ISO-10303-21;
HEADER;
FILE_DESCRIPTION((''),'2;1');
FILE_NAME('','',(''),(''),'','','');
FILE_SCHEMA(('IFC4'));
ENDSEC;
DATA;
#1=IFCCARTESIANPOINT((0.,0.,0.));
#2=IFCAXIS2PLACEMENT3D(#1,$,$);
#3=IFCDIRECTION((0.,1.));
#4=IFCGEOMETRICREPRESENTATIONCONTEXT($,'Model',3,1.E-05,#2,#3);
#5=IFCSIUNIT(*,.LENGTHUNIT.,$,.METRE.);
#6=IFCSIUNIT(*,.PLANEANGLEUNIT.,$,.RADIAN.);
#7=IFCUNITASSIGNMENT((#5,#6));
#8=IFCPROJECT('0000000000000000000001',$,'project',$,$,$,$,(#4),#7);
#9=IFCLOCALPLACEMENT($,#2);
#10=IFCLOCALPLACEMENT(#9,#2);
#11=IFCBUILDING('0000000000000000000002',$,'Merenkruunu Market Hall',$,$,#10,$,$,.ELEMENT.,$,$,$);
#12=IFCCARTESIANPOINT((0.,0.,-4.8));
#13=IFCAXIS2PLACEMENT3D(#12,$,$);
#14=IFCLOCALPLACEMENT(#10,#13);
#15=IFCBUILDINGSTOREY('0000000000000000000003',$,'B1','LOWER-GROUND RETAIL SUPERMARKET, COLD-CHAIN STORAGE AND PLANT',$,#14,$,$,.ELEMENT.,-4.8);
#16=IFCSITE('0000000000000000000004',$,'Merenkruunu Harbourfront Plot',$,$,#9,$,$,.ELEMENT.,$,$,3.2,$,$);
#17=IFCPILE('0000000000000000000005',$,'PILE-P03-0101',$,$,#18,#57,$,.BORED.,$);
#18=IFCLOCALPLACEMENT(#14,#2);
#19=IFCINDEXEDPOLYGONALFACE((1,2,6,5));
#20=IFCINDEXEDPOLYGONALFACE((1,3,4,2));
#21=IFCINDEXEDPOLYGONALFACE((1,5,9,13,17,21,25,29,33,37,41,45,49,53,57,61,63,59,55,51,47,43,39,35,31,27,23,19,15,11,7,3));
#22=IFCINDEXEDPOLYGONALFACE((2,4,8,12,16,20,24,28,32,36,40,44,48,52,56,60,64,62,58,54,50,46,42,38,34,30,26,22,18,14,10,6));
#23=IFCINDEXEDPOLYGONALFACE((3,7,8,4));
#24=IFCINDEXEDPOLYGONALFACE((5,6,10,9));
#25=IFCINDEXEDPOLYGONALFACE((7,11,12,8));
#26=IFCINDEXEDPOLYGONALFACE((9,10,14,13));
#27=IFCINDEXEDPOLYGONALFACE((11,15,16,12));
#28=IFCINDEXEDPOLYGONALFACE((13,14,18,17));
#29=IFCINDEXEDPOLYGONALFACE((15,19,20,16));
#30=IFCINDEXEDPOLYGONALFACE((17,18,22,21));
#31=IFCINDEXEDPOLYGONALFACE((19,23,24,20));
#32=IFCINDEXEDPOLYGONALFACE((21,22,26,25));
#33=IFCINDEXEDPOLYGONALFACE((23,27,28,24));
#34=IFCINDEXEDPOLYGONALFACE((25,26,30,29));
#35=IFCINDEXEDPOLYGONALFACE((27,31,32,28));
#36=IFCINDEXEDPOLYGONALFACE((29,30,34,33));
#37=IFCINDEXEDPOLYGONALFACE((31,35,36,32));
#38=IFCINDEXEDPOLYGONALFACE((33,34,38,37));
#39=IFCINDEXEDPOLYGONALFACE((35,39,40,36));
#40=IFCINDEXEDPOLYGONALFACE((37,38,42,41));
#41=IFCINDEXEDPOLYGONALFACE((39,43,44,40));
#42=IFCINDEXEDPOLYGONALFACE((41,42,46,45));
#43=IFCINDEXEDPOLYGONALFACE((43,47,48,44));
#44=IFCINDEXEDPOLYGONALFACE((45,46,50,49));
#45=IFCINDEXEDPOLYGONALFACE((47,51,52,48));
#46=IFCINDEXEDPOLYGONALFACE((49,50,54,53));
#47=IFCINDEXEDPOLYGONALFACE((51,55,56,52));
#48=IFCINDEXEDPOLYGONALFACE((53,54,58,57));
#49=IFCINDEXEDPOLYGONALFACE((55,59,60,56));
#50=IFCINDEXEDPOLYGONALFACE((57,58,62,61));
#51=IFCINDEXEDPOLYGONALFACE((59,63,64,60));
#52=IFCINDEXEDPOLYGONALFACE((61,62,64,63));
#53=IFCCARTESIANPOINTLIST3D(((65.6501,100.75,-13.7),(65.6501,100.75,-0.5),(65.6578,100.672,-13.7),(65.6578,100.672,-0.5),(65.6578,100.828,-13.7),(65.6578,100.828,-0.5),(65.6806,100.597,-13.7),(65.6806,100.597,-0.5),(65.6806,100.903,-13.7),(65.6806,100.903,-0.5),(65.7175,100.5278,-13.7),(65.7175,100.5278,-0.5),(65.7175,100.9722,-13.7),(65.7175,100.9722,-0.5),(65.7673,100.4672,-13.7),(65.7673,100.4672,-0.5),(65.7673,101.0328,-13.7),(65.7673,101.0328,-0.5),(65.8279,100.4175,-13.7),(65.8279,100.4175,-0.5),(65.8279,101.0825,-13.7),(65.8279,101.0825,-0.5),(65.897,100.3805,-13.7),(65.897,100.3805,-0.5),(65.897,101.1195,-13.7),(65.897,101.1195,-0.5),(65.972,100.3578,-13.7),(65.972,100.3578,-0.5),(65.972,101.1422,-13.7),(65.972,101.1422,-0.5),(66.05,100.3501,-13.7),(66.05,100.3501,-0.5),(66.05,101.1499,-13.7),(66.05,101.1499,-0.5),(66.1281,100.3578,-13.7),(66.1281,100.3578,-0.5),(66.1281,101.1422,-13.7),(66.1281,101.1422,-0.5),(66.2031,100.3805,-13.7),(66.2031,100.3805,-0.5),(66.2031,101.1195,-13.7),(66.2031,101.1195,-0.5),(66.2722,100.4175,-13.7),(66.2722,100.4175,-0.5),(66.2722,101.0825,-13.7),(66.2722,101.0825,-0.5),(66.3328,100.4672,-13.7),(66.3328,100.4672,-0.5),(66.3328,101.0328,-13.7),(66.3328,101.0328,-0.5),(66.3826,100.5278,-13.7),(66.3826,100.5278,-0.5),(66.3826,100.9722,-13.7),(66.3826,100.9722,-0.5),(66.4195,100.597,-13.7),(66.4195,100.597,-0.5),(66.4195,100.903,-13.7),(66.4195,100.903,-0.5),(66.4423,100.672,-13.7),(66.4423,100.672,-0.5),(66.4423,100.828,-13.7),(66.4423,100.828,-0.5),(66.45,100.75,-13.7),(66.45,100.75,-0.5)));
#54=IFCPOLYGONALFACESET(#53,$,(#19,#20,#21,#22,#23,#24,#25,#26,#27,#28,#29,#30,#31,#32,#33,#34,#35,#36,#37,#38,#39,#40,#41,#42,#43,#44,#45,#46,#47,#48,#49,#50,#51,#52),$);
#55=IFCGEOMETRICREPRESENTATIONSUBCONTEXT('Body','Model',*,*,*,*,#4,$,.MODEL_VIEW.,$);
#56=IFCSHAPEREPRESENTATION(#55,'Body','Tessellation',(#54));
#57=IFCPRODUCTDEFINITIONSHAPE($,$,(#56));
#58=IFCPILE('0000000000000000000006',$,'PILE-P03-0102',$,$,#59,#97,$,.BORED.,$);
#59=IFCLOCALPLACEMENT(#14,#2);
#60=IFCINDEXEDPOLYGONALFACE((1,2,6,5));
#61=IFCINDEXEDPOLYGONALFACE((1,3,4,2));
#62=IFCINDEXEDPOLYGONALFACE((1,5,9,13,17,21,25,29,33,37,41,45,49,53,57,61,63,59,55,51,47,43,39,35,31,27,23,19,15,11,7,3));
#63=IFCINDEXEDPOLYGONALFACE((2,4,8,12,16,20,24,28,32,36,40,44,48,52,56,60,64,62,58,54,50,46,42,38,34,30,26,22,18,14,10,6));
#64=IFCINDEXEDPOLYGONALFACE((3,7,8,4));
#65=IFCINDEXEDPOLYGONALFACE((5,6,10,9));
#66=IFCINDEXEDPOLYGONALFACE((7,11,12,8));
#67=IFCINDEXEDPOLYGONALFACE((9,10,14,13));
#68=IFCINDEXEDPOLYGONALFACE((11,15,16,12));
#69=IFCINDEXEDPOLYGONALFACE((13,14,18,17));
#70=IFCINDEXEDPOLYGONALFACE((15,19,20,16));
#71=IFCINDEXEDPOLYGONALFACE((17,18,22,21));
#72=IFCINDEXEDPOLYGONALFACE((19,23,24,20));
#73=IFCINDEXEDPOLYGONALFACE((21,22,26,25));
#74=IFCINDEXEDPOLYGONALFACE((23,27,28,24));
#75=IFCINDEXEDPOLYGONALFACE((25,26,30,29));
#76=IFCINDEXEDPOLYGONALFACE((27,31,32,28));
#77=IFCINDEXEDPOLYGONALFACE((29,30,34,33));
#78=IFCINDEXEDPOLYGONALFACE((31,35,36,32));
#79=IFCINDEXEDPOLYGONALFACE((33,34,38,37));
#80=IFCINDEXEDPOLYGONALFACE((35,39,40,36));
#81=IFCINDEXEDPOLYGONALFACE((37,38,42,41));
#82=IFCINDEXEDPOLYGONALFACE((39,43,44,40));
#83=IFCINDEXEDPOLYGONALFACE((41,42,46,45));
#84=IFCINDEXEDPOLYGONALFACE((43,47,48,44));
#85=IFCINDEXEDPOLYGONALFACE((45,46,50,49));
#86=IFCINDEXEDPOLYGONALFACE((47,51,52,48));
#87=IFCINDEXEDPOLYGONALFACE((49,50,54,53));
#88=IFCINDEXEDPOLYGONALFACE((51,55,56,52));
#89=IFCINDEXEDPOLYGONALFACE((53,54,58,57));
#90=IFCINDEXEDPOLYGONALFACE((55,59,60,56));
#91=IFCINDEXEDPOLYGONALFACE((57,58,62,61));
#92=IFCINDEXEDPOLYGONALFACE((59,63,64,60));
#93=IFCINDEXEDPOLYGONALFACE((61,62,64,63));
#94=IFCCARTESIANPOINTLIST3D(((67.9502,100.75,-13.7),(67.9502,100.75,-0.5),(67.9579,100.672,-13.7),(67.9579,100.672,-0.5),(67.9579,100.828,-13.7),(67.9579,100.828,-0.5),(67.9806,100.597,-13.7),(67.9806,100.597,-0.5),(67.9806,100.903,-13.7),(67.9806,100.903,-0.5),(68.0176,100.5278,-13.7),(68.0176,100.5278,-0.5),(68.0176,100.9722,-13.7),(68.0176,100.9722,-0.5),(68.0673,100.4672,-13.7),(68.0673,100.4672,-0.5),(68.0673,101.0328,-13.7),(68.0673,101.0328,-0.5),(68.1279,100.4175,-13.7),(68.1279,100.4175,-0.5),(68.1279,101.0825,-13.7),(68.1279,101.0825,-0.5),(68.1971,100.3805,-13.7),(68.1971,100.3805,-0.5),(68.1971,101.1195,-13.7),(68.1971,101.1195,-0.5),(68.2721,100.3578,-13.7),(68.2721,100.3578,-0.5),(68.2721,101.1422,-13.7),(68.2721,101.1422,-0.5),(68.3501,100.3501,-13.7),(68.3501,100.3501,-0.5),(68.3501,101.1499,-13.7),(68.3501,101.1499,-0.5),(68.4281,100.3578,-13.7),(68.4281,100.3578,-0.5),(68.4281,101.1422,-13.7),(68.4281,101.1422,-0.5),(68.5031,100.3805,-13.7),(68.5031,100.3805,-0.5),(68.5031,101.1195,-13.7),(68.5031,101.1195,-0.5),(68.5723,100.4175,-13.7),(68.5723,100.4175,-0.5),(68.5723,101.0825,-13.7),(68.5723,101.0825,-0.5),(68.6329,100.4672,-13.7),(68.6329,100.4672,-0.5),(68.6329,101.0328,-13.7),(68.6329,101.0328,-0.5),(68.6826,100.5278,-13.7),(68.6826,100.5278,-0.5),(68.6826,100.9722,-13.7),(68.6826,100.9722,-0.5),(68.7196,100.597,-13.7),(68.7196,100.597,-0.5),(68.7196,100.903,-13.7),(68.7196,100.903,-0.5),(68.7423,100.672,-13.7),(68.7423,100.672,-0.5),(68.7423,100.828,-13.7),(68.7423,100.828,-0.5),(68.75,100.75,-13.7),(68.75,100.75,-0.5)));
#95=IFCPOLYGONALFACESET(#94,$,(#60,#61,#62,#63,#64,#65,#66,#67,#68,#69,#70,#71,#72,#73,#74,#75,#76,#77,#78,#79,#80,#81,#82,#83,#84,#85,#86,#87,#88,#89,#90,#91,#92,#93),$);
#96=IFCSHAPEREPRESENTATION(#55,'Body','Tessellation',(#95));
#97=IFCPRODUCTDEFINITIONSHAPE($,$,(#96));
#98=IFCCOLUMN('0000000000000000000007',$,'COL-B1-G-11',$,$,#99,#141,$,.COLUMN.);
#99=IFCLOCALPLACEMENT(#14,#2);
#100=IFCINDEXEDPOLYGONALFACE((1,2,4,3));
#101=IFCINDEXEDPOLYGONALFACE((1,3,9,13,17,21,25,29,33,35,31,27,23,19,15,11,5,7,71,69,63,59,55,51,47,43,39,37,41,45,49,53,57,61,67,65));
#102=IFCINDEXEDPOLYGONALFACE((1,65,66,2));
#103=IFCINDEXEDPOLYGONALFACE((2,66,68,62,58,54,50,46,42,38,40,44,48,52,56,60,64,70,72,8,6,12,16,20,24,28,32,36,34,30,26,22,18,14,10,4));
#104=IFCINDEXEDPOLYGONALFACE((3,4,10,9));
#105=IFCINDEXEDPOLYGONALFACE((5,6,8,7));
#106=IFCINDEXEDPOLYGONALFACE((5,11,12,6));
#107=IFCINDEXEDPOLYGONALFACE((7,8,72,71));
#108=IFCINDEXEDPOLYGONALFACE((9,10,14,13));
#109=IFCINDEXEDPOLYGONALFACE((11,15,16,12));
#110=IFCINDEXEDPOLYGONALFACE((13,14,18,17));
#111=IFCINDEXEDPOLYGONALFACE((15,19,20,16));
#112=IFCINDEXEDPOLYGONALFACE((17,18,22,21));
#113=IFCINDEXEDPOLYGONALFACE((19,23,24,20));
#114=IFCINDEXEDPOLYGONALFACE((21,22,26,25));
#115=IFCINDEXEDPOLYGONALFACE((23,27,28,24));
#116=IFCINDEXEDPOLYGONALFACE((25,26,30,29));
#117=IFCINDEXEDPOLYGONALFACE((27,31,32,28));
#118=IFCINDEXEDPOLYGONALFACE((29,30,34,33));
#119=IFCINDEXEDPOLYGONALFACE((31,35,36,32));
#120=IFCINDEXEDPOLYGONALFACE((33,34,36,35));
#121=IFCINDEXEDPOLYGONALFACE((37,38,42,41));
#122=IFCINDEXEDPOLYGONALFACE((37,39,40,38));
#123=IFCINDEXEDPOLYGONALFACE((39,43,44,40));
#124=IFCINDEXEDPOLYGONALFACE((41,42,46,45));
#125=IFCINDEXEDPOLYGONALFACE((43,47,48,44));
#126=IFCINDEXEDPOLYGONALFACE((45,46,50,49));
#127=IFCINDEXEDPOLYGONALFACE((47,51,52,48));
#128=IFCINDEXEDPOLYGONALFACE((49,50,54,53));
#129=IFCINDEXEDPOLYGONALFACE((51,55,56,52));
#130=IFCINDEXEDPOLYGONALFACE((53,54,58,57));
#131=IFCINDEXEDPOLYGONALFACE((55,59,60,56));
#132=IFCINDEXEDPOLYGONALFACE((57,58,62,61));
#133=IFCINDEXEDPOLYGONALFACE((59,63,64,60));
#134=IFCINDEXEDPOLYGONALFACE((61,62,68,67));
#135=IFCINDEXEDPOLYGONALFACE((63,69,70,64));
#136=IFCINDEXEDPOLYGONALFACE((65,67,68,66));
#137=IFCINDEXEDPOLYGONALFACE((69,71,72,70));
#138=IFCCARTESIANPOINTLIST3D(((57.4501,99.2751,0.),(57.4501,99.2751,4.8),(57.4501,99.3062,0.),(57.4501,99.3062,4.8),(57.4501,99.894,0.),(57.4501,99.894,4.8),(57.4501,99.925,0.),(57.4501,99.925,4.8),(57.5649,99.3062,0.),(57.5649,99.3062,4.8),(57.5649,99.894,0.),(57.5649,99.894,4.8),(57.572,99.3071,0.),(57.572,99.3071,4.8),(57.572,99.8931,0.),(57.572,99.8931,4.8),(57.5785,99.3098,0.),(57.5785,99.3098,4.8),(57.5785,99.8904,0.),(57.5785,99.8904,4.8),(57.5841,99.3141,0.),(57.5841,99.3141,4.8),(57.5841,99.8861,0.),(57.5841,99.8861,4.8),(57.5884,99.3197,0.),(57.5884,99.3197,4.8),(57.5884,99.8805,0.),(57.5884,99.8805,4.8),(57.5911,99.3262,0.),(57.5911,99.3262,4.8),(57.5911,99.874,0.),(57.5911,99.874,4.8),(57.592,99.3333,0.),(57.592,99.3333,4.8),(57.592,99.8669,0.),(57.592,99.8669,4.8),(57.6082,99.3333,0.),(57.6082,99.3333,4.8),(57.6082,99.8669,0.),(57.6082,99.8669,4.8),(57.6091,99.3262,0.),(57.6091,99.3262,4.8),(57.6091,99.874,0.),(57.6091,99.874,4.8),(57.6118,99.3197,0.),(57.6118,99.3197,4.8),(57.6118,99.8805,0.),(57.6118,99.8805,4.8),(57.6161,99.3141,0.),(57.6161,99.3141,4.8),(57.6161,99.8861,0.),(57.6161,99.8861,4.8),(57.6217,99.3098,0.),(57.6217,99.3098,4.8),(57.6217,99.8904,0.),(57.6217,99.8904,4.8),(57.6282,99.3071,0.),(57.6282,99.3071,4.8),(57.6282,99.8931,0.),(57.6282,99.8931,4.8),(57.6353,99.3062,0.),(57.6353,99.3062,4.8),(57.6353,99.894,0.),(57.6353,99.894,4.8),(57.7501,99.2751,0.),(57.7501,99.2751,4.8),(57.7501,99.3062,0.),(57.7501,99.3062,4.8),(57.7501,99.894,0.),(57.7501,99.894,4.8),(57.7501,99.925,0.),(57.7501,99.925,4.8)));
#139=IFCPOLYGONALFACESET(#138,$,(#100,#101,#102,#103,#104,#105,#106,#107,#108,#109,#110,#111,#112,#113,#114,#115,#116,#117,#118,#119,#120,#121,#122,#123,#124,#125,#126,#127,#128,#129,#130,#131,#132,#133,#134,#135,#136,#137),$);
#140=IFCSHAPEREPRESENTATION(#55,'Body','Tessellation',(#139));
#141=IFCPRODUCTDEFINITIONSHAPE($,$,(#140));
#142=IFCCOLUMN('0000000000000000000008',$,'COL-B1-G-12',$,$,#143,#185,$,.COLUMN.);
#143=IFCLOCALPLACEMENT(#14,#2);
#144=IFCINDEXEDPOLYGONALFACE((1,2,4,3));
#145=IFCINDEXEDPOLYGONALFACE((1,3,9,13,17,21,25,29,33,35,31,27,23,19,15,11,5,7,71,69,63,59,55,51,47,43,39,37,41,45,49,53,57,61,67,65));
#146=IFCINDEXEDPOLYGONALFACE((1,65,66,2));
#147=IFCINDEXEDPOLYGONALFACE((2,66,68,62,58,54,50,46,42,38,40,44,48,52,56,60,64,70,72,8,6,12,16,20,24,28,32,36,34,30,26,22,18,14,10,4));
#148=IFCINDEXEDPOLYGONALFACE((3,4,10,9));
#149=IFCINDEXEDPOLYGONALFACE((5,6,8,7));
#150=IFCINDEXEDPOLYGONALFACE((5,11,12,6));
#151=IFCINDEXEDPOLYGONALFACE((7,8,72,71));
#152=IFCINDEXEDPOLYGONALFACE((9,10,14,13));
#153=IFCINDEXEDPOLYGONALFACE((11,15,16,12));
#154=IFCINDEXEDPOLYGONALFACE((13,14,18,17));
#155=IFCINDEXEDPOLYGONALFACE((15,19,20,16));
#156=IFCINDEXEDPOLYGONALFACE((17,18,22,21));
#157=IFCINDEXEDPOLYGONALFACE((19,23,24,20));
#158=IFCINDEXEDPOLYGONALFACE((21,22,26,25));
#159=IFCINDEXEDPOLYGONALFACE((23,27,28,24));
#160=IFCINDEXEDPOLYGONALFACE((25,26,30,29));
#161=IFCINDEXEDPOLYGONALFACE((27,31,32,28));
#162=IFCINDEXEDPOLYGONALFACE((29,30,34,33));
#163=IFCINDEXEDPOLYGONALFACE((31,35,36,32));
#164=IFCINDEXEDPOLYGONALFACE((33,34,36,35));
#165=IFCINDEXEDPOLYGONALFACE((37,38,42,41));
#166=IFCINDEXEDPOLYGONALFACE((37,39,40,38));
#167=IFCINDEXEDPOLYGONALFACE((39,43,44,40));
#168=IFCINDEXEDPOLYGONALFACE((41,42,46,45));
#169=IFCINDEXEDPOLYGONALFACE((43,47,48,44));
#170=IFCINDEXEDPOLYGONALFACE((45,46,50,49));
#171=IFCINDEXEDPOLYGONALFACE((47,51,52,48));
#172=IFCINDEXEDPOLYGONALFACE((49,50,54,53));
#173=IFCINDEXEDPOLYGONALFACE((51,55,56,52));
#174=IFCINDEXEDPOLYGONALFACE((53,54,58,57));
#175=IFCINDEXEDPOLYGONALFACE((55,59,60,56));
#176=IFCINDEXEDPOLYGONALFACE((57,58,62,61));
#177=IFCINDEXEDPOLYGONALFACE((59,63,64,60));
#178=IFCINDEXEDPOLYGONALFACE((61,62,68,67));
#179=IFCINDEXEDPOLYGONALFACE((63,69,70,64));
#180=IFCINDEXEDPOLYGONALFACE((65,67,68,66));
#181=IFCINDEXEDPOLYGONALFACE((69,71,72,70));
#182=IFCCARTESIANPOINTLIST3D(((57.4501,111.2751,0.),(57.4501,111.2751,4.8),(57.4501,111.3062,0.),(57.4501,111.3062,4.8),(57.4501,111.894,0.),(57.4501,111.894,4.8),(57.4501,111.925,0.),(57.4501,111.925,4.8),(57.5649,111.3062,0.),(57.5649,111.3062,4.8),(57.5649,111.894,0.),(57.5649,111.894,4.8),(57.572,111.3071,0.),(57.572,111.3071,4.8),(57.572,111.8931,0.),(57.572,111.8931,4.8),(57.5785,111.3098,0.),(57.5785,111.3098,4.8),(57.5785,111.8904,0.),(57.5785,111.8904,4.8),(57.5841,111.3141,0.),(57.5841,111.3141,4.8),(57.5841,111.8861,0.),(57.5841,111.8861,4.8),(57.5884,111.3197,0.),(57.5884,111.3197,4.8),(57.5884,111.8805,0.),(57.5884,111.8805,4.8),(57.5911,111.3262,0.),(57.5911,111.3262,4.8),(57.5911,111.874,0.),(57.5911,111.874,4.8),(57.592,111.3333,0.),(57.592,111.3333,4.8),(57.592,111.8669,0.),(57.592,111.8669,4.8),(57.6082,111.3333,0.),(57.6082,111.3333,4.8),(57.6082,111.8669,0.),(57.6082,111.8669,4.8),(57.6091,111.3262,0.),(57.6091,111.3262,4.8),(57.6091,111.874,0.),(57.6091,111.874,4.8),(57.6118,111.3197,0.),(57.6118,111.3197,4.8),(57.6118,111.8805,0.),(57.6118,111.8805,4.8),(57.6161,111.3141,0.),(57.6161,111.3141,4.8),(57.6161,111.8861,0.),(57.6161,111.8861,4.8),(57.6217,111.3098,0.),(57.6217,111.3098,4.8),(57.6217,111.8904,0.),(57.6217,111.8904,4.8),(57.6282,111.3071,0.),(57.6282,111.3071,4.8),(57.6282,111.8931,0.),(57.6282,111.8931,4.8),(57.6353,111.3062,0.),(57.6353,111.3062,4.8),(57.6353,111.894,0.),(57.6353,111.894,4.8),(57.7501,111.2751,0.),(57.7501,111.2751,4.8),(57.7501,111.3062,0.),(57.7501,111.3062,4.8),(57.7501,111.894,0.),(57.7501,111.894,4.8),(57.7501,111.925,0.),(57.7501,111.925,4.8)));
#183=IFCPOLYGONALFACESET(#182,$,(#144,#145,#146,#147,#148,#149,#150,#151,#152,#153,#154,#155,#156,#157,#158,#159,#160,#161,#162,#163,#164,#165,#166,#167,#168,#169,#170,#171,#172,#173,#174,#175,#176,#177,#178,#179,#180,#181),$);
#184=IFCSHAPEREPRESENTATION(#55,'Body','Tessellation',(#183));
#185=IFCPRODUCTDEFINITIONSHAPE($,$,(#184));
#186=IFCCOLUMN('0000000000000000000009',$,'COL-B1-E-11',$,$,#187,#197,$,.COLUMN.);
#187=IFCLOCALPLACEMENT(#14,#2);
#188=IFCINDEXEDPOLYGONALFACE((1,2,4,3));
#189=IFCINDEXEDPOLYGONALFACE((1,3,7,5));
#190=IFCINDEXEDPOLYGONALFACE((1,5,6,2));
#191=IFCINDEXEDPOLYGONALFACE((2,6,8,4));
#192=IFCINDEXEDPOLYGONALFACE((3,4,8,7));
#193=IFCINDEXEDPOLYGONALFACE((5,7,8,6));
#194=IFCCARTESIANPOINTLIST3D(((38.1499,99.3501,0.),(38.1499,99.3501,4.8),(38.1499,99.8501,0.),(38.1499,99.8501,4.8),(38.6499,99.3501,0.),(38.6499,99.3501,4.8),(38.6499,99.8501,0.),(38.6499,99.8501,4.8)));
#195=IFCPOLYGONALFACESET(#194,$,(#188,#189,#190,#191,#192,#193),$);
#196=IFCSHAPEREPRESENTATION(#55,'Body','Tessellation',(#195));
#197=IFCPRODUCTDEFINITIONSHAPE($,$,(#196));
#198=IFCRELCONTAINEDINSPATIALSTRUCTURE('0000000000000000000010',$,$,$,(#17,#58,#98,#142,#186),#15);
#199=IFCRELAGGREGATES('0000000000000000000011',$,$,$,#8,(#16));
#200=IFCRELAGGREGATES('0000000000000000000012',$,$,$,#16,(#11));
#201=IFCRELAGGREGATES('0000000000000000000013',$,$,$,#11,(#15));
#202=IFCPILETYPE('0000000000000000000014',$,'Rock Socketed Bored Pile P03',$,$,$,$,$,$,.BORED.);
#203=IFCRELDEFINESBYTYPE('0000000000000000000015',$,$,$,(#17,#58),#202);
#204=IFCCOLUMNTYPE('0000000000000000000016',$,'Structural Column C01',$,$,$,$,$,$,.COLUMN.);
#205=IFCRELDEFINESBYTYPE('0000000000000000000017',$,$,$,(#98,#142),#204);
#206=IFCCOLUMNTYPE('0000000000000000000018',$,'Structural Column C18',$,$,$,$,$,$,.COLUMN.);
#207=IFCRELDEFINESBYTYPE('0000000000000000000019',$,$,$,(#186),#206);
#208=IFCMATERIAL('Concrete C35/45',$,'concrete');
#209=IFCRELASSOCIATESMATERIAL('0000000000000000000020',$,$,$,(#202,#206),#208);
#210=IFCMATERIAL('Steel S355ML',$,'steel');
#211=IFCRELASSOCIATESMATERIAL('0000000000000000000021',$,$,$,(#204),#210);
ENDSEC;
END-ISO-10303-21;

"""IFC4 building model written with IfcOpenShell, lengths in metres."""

from ifc_helpers import new_model, si_unit, direction, frame, origin, origin_2d, place, context, subcontext, project, spatial, rectangle, circle, i_section, extrude, material, material_profile, profile_set, type_object, element, save


model = new_model("IFC4")

# Units and contexts
model_context = context("Model", 3, precision=1e-05, world=origin(), true_north=direction((0.0, 1.0)))
body_context = subcontext(model_context, "Body", "Model", "MODEL_VIEW")
ifc_project = project(units=[si_unit("LENGTHUNIT", "METRE"), si_unit("PLANEANGLEUNIT", "RADIAN")], contexts=[model_context])

# Site, building, storey
site_placement = place(None, origin())
site = spatial("IfcSite", under=ifc_project, at=site_placement, Name="Merenkruunu Harbourfront Plot", CompositionType="ELEMENT", RefElevation=3.2)
building_placement = place(site_placement, origin())
building = spatial("IfcBuilding", under=site, at=building_placement, Name="Merenkruunu Market Hall", CompositionType="ELEMENT")
storey_placement = place(building_placement, frame((0.0, 0.0, -4.8)))
storey = spatial("IfcBuildingStorey", under=building, at=storey_placement, Name="B1", Description="LOWER-GROUND RETAIL SUPERMARKET, COLD-CHAIN STORAGE AND PLANT", CompositionType="ELEMENT", Elevation=-4.8)

# Piles
ifc_material_1 = material(Name="Concrete C35/45", Category="concrete")
ifc_material_profile_1 = material_profile(ifc_material_1, circle(Radius=0.3999, at=origin_2d()), Name="BORED PILE 800")
ifc_profile_set_1 = profile_set([ifc_material_profile_1], Name="Concrete C35/45")
pile_type_1 = type_object("IfcPileType", Name="Rock Socketed Bored Pile P03", PredefinedType="BORED", material=ifc_profile_set_1)
for number, where, z_axis, x_axis, name in (
    (1, (66.05, 100.75, -0.5), (0.0, 0.0, -1.0), (1.0, 0.0, 0.0), "PILE-P03-0101"),
    (2, (68.3501, 100.75, -0.5), (0.0, 0.0, -1.0), (1.0, 0.0, 0.0), "PILE-P03-0102"),
):
    element("IfcPile", number, at=place(storey_placement, frame(where, z_axis=z_axis, x_axis=x_axis)), inside=storey, type_object=pile_type_1, Name=name, PredefinedType="BORED", context=body_context, shape_type="SweptSolid", body=[
        extrude(circle(Radius=0.3999, at=origin_2d()), origin(), (0.0, 0.0, 1.0), 13.2),
    ])

# Columns
ifc_material_2 = material(Name="Steel S355ML", Category="steel")
ifc_material_profile_2 = material_profile(ifc_material_2, i_section(OverallWidth=0.3, OverallDepth=0.6499, WebThickness=0.0161, FlangeThickness=0.031, FilletRadius=0.0271, at=origin_2d()), Name="HEB 650")
ifc_profile_set_2 = profile_set([ifc_material_profile_2], Name="Steel S355ML")
column_type_1 = type_object("IfcColumnType", Name="Structural Column C01", PredefinedType="COLUMN", material=ifc_profile_set_2)
for number, where, z_axis, x_axis, name in (
    (3, (57.6001, 99.6001, 0.0), (0.0, 0.0, 1.0), (1.0, 0.0, 0.0), "COL-B1-G-11"),
    (4, (57.6001, 111.6001, 0.0), (0.0, 0.0, 1.0), (1.0, 0.0, 0.0), "COL-B1-G-12"),
):
    element("IfcColumn", number, at=place(storey_placement, frame(where, z_axis=z_axis, x_axis=x_axis)), inside=storey, type_object=column_type_1, Name=name, PredefinedType="COLUMN", context=body_context, shape_type="SweptSolid", body=[
        extrude(i_section(OverallWidth=0.3, OverallDepth=0.6499, WebThickness=0.0161, FlangeThickness=0.031, FilletRadius=0.0271, at=origin_2d()), origin(), (0.0, 0.0, 1.0), 4.8),
    ])
ifc_material_profile_3 = material_profile(ifc_material_1, rectangle(XDim=0.5, YDim=0.5, at=origin_2d()), Name="RC 500x500")
ifc_profile_set_3 = profile_set([ifc_material_profile_3], Name="Concrete C35/45")
column_type_2 = type_object("IfcColumnType", Name="Structural Column C18", PredefinedType="COLUMN", material=ifc_profile_set_3)
for number, where, z_axis, x_axis, name in (
    (5, (38.3999, 99.6001, 0.0), (0.0, 0.0, 1.0), (1.0, 0.0, 0.0), "COL-B1-E-11"),
):
    element("IfcColumn", number, at=place(storey_placement, frame(where, z_axis=z_axis, x_axis=x_axis)), inside=storey, type_object=column_type_2, Name=name, PredefinedType="COLUMN", context=body_context, shape_type="SweptSolid", body=[
        extrude(rectangle(XDim=0.5, YDim=0.5, at=origin_2d()), origin(), (0.0, 0.0, 1.0), 4.8),
    ])

save(model, "model.ifc")
